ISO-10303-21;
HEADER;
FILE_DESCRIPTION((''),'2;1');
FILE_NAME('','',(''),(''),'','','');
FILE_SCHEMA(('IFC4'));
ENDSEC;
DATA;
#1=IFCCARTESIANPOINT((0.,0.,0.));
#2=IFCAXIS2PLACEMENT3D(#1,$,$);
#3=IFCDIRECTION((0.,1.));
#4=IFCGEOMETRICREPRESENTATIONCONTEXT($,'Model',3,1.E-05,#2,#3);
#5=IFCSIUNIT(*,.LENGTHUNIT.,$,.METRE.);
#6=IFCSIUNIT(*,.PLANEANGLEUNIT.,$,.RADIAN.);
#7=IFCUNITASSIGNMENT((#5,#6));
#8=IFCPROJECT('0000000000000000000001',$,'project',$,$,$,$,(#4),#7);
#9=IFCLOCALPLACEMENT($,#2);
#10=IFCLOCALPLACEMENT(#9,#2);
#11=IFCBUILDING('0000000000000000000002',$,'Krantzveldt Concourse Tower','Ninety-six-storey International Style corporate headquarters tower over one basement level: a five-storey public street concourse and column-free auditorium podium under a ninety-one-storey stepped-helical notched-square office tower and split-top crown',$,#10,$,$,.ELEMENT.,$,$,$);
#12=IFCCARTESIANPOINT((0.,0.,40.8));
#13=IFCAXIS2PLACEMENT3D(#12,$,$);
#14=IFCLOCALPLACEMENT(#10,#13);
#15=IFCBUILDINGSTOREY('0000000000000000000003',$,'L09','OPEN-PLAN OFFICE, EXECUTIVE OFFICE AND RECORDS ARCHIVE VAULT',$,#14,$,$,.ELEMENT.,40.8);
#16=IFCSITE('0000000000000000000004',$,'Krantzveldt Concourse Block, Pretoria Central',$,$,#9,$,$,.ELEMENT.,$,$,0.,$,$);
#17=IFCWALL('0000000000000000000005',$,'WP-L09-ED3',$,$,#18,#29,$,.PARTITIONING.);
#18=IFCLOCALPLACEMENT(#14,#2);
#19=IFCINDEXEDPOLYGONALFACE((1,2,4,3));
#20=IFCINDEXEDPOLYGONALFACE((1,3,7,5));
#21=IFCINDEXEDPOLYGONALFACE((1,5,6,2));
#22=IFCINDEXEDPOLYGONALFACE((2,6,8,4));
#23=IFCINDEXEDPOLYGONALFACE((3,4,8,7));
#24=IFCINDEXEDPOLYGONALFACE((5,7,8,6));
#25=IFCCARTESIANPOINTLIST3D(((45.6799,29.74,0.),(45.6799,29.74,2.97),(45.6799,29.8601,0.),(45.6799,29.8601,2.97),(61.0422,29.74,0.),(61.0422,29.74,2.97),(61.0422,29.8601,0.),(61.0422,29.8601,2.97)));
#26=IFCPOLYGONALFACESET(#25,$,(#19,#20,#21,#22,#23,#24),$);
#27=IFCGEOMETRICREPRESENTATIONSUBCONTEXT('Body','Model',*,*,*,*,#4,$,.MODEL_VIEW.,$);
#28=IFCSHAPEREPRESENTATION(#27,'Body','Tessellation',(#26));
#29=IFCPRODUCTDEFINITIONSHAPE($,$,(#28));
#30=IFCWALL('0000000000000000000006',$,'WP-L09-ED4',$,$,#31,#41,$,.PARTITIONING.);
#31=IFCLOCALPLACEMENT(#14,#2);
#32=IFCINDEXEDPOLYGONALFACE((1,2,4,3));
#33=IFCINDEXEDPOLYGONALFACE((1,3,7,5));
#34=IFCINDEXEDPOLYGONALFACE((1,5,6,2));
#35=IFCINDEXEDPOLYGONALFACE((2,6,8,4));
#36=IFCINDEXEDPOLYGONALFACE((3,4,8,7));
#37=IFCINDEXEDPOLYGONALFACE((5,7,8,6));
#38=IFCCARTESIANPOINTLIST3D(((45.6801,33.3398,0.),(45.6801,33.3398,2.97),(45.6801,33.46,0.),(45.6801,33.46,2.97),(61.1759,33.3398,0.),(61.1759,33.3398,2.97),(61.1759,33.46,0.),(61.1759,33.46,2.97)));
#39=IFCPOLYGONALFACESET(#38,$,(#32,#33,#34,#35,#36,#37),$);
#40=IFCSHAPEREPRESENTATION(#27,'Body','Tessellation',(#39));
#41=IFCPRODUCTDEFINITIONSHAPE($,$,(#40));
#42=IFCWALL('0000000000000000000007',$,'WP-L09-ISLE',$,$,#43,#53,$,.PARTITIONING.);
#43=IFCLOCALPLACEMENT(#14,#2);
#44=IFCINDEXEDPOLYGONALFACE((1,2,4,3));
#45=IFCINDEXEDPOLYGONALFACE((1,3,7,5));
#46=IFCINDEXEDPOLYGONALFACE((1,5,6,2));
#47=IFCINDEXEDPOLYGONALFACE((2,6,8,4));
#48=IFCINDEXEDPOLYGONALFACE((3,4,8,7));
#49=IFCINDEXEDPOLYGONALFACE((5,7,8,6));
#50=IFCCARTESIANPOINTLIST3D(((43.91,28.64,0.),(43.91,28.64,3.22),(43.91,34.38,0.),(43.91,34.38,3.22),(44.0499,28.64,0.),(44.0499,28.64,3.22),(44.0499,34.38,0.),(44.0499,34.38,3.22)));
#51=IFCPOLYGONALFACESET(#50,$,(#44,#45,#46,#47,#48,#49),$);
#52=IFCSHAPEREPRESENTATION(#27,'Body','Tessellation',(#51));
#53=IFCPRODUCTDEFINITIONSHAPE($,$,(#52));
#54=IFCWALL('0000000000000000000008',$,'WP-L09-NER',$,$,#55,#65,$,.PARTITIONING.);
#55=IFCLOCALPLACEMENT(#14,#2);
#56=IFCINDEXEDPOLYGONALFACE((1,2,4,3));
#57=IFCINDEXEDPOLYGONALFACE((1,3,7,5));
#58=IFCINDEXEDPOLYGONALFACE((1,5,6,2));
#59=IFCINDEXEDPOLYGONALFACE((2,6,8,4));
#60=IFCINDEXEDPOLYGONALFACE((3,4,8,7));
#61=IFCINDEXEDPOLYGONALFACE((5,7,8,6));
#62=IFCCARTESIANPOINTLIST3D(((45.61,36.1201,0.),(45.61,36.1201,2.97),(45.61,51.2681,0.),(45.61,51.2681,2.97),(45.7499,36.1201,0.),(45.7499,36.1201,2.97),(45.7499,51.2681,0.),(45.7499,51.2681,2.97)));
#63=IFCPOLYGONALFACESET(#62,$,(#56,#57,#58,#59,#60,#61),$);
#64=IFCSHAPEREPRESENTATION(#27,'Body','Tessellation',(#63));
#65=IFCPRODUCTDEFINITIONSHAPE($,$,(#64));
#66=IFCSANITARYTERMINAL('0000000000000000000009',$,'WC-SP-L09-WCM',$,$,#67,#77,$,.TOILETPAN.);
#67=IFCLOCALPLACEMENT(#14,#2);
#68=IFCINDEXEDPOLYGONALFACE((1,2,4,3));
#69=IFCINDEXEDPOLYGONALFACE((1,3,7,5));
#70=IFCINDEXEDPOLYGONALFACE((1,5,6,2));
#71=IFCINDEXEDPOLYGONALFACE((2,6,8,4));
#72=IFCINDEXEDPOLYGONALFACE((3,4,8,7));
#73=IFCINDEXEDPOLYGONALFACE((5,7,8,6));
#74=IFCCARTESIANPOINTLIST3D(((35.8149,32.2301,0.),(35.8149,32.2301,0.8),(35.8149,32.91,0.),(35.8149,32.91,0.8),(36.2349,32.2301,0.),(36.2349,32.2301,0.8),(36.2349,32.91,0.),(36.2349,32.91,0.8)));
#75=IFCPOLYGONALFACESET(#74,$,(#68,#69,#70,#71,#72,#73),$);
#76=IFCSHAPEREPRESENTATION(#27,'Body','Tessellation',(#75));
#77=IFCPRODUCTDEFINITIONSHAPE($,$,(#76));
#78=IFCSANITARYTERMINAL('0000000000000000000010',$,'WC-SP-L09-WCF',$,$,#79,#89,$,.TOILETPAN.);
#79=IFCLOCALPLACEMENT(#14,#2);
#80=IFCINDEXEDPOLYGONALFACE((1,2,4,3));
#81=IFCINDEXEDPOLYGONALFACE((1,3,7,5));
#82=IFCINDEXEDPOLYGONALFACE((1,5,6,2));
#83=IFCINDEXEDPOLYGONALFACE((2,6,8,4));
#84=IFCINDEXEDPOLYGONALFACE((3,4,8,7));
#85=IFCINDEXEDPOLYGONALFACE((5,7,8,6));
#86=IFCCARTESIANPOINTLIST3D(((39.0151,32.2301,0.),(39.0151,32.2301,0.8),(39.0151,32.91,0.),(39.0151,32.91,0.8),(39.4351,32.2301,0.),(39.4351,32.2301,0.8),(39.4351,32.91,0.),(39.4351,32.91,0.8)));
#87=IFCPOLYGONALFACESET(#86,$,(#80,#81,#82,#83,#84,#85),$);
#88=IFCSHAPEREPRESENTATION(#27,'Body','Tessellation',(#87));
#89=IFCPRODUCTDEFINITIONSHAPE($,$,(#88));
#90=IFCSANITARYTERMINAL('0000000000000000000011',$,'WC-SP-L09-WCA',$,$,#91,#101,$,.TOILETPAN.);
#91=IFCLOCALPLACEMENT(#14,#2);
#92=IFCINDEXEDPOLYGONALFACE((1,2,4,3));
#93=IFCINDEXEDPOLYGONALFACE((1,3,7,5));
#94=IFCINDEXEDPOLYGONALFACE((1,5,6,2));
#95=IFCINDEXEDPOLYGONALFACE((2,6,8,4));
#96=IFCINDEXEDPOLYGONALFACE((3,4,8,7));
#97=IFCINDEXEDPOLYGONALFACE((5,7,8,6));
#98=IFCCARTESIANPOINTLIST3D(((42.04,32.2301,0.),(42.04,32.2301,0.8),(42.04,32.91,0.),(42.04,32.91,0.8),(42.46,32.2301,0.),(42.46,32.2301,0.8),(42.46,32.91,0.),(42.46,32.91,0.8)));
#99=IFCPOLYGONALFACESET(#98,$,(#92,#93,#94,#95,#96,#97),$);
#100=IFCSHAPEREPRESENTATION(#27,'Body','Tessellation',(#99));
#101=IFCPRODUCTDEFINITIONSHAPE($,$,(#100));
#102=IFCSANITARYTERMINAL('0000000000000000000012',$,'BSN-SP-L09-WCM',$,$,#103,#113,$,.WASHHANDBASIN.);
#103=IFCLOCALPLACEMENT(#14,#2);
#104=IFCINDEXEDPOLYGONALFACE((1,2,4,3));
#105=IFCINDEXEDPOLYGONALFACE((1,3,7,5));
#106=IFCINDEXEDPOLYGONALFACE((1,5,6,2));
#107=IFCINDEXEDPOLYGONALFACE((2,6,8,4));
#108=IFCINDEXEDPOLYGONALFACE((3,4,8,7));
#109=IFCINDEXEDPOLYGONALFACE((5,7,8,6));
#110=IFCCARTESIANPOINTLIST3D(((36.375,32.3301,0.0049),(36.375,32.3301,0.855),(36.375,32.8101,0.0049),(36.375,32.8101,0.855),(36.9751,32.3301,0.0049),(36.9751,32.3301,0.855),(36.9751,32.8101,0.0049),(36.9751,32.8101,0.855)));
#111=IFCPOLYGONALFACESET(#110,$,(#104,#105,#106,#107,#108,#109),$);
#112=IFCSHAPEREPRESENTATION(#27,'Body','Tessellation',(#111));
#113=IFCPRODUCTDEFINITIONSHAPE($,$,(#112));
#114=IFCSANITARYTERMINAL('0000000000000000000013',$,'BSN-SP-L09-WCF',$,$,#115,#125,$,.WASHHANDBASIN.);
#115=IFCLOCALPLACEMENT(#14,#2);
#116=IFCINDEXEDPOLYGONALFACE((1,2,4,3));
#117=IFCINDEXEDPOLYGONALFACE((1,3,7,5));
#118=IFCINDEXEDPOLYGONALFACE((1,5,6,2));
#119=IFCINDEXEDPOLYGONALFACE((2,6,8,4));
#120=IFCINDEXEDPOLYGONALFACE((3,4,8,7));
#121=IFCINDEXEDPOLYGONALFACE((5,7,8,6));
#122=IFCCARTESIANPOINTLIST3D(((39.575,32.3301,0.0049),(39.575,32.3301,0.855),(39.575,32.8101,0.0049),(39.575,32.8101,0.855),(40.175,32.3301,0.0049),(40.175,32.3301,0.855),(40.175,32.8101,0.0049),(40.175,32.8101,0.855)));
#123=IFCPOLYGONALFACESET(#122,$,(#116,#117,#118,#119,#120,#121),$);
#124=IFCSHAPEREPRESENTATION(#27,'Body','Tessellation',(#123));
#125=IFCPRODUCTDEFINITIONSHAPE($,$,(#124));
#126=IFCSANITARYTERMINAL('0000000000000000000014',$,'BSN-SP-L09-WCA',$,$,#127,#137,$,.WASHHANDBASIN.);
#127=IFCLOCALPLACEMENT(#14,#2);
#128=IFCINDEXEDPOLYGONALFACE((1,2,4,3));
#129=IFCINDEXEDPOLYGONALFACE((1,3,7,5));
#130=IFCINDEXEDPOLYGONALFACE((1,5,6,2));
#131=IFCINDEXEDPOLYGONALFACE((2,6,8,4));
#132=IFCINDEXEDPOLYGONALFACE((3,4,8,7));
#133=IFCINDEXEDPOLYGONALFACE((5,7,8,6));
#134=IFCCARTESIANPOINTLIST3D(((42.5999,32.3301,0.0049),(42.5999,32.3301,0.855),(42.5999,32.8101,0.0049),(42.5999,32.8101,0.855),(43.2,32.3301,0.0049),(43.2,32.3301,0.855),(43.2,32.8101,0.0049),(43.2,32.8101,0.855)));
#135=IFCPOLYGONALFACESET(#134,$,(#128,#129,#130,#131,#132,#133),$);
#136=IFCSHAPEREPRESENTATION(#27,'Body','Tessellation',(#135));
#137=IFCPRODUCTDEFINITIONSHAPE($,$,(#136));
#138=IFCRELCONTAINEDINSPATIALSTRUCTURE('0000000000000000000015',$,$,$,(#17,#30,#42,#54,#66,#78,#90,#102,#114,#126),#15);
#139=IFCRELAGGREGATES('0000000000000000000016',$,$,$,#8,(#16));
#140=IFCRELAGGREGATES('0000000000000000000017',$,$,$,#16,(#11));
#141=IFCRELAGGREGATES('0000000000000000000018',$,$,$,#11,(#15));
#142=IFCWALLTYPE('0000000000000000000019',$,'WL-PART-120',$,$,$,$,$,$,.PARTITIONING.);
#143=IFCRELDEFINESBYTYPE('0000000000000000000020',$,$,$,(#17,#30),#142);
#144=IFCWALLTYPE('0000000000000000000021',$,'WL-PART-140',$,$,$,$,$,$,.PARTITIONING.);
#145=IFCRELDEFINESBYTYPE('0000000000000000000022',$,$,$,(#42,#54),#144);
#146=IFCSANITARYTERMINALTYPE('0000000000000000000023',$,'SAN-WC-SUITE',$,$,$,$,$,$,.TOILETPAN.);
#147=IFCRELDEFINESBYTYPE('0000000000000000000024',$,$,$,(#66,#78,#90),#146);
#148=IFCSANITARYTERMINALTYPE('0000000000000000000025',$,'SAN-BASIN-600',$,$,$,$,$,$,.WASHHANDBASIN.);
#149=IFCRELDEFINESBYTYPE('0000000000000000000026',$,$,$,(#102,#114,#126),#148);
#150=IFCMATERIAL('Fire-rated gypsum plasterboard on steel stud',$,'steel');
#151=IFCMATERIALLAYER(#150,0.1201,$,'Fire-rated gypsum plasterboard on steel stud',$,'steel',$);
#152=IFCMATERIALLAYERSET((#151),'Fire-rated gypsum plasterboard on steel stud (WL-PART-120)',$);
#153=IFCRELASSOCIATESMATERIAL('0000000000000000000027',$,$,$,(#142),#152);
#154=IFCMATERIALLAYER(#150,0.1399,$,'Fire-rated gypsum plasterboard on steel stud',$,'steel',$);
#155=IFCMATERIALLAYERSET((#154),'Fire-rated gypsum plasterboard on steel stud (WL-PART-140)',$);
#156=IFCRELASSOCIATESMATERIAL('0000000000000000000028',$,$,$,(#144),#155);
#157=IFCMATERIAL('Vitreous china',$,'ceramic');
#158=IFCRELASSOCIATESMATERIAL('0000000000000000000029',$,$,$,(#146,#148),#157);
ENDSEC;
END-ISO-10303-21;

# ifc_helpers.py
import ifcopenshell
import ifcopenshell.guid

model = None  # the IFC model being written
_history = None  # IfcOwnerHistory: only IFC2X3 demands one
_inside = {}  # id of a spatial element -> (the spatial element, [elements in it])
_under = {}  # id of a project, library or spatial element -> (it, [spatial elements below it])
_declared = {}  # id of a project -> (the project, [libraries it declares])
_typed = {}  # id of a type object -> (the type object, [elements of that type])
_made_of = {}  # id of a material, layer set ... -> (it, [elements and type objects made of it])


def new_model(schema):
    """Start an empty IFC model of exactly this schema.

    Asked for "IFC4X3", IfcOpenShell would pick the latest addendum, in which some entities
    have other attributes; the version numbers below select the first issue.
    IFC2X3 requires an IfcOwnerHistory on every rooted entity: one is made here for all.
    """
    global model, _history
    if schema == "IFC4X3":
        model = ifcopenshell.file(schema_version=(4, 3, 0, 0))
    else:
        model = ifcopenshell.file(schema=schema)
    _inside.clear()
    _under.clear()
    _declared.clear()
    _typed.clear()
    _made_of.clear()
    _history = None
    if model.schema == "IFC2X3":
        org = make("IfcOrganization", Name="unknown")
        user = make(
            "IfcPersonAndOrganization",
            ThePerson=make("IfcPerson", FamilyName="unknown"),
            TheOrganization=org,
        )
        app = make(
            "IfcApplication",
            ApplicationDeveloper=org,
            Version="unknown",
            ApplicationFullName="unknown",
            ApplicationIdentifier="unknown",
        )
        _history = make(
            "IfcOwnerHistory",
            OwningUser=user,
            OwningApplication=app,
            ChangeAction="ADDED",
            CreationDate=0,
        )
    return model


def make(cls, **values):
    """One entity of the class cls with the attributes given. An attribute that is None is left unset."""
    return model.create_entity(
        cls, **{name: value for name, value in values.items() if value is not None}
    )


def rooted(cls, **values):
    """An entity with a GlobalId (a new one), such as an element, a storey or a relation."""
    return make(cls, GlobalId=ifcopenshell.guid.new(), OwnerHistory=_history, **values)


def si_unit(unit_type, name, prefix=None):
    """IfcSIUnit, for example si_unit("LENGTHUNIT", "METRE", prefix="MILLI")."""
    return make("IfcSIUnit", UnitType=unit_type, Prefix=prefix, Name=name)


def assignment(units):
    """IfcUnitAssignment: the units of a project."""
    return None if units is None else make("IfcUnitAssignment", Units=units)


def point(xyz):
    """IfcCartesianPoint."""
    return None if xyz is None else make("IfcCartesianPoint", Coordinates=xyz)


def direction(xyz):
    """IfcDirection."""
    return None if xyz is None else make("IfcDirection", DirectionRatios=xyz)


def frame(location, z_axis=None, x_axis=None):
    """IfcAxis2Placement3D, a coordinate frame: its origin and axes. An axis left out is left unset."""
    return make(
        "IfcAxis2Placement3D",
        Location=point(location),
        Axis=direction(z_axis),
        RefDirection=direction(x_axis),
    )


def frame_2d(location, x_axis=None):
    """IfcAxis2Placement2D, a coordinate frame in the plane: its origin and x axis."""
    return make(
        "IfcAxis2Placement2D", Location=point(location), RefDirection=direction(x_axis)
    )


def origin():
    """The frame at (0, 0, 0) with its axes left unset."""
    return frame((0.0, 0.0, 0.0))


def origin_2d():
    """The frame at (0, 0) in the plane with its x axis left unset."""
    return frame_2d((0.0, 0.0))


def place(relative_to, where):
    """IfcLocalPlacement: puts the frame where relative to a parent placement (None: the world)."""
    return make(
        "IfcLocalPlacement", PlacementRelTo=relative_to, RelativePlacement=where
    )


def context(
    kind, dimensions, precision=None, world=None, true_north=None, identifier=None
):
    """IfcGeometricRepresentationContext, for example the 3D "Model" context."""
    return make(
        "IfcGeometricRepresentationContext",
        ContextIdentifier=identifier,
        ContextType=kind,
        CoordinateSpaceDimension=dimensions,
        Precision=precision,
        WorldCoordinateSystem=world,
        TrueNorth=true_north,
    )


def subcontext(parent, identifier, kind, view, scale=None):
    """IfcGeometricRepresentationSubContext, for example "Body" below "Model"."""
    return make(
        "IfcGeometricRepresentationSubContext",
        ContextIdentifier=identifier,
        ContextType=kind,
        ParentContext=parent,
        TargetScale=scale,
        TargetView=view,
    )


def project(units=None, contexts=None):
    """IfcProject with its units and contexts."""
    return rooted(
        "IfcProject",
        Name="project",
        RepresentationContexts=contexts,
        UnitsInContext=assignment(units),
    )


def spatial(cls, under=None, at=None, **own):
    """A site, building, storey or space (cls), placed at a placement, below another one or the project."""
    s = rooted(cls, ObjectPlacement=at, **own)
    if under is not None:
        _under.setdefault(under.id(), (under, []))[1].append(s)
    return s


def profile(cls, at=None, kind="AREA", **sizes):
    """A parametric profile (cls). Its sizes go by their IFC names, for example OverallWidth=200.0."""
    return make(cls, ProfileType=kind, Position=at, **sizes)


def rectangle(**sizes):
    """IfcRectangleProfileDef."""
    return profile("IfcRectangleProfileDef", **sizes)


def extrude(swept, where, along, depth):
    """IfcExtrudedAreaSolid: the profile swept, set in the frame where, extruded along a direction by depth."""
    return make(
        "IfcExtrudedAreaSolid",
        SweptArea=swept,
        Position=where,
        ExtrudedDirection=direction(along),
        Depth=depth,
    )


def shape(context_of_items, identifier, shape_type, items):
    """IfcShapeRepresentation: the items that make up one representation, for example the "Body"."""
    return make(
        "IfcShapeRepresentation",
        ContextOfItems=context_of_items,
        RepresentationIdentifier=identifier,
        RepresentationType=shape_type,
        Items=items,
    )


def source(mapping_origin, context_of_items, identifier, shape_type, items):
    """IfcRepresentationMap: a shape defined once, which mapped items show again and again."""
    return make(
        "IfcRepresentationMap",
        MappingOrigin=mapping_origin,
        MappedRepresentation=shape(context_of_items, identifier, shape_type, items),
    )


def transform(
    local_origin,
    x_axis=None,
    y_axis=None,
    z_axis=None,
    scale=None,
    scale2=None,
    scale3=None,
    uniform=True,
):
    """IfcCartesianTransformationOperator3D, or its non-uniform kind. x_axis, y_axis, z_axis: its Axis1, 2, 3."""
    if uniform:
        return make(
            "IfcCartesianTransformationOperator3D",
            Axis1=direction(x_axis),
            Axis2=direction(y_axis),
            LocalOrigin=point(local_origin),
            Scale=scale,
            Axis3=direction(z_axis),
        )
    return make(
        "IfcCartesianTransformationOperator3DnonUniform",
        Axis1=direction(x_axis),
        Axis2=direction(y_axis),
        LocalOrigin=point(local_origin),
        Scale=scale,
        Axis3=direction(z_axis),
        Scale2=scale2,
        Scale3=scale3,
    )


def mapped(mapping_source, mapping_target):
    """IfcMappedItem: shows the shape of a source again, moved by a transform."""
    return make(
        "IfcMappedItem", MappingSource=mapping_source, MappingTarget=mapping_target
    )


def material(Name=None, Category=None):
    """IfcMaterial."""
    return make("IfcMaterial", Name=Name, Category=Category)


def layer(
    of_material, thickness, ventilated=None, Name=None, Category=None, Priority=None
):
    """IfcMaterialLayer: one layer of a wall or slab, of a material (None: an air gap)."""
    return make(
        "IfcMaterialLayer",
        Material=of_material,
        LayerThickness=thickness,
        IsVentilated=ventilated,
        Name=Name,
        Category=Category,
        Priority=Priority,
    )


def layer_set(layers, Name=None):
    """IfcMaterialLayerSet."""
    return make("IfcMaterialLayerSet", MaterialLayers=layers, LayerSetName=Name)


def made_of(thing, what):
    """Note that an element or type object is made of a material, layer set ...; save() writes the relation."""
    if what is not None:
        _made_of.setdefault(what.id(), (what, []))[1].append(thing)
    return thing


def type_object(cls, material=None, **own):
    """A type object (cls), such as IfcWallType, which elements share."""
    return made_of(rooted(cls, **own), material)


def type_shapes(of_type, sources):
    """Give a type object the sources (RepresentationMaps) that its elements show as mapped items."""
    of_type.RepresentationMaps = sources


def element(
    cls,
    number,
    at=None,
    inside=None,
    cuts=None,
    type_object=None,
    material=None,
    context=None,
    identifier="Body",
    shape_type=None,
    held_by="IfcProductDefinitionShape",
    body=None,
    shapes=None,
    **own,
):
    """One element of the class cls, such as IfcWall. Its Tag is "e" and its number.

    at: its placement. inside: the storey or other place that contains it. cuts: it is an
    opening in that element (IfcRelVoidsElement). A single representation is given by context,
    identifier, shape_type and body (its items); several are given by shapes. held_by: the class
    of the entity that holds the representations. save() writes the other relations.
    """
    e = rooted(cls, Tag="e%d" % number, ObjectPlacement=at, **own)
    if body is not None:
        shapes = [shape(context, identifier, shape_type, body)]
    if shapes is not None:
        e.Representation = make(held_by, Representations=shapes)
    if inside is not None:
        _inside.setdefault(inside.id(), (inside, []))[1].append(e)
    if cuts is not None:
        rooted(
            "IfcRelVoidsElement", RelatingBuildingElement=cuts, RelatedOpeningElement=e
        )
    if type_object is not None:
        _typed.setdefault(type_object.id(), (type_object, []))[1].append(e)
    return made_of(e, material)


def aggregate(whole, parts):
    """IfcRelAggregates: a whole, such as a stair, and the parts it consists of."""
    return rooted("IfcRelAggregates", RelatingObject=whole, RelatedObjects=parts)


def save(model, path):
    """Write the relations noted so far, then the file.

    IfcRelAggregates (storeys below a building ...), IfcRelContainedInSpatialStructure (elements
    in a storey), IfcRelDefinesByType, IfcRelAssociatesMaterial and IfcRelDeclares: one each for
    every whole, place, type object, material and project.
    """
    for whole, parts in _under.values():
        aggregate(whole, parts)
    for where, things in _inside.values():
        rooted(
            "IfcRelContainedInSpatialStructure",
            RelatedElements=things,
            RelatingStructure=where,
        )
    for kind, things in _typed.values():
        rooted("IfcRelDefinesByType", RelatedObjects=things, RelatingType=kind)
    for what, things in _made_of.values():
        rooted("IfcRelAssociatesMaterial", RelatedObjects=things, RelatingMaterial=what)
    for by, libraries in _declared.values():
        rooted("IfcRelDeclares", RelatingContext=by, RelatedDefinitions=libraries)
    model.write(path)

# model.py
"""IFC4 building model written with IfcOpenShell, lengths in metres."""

from ifc_helpers import new_model, si_unit, direction, frame, frame_2d, origin, origin_2d, place, context, subcontext, project, spatial, rectangle, extrude, source, transform, mapped, material, layer, layer_set, type_object, type_shapes, element, save


model = new_model("IFC4")

# Units and contexts
model_context = context("Model", 3, precision=1e-05, world=origin(), true_north=direction((0.0, 1.0)))
body_context = subcontext(model_context, "Body", "Model", "MODEL_VIEW")
ifc_project = project(units=[si_unit("LENGTHUNIT", "METRE"), si_unit("PLANEANGLEUNIT", "RADIAN")], contexts=[model_context])

# Site, building, storey
site_placement = place(None, origin())
site = spatial("IfcSite", under=ifc_project, at=site_placement, Name="Krantzveldt Concourse Block, Pretoria Central", CompositionType="ELEMENT", RefElevation=0.0)
building_placement = place(site_placement, origin())
building = spatial("IfcBuilding", under=site, at=building_placement, Name="Krantzveldt Concourse Tower", Description="Ninety-six-storey International Style corporate headquarters tower over one basement level: a five-storey public street concourse and column-free auditorium podium under a ninety-one-storey stepped-helical notched-square office tower and split-top crown", CompositionType="ELEMENT")
storey_placement = place(building_placement, frame((0.0, 0.0, 40.8)))
storey = spatial("IfcBuildingStorey", under=building, at=storey_placement, Name="L09", Description="OPEN-PLAN OFFICE, EXECUTIVE OFFICE AND RECORDS ARCHIVE VAULT", CompositionType="ELEMENT", Elevation=40.8)

# Walls
ifc_material_1 = material(Name="Fire-rated gypsum plasterboard on steel stud", Category="steel")
ifc_layer_1 = layer(ifc_material_1, 0.1201, Name="Fire-rated gypsum plasterboard on steel stud", Category="steel")
ifc_layer_set_1 = layer_set([ifc_layer_1], Name="Fire-rated gypsum plasterboard on steel stud (WL-PART-120)")
wall_type_1 = type_object("IfcWallType", Name="WL-PART-120", PredefinedType="PARTITIONING", material=ifc_layer_set_1)
wall_1_placement = place(storey_placement, frame((45.6799, 29.8, 0.0), z_axis=(0.0, 0.0, 1.0), x_axis=(1.0, 0.0, 0.0)))
element("IfcWall", 1, at=wall_1_placement, inside=storey, type_object=wall_type_1, Name="WP-L09-ED3", PredefinedType="PARTITIONING", context=body_context, shape_type="SweptSolid", body=[
    extrude(rectangle(XDim=15.3623, YDim=0.1201, at=frame_2d((7.6812, 0.0))), origin(), (0.0, 0.0, 1.0), 2.97),
])
wall_2_placement = place(storey_placement, frame((45.6799, 33.3999, 0.0), z_axis=(0.0, 0.0, 1.0), x_axis=(1.0, 0.0, 0.0)))
element("IfcWall", 2, at=wall_2_placement, inside=storey, type_object=wall_type_1, Name="WP-L09-ED4", PredefinedType="PARTITIONING", context=body_context, shape_type="SweptSolid", body=[
    extrude(rectangle(XDim=15.4958, YDim=0.1201, at=frame_2d((7.748, 0.0))), origin(), (0.0, 0.0, 1.0), 2.97),
])
ifc_layer_2 = layer(ifc_material_1, 0.1399, Name="Fire-rated gypsum plasterboard on steel stud", Category="steel")
ifc_layer_set_2 = layer_set([ifc_layer_2], Name="Fire-rated gypsum plasterboard on steel stud (WL-PART-140)")
wall_type_2 = type_object("IfcWallType", Name="WL-PART-140", PredefinedType="PARTITIONING", material=ifc_layer_set_2)
wall_3_placement = place(storey_placement, frame((43.98, 28.6399, 0.0), z_axis=(0.0, 0.0, 1.0), x_axis=(0.0, 1.0, 0.0)))
element("IfcWall", 3, at=wall_3_placement, inside=storey, type_object=wall_type_2, Name="WP-L09-ISLE", PredefinedType="PARTITIONING", context=body_context, shape_type="SweptSolid", body=[
    extrude(rectangle(XDim=5.74, YDim=0.1399, at=frame_2d((2.8701, 0.0))), origin(), (0.0, 0.0, 1.0), 3.22),
])
wall_4_placement = place(storey_placement, frame((45.6799, 36.1201, 0.0), z_axis=(0.0, 0.0, 1.0), x_axis=(0.0, 1.0, 0.0)))
element("IfcWall", 4, at=wall_4_placement, inside=storey, type_object=wall_type_2, Name="WP-L09-NER", PredefinedType="PARTITIONING", context=body_context, shape_type="SweptSolid", body=[
    extrude(rectangle(XDim=15.1479, YDim=0.1399, at=frame_2d((7.574, 0.0))), origin(), (0.0, 0.0, 1.0), 2.97),
])

# Sanitary terminals
ifc_material_2 = material(Name="Vitreous china", Category="ceramic")
sanitary_terminal_type_1 = type_object("IfcSanitaryTerminalType", Name="SAN-WC-SUITE", PredefinedType="TOILETPAN", material=ifc_material_2)
shared_shape_1 = source(origin(), body_context, "Body", "SweptSolid", [
    extrude(rectangle(XDim=0.4199, YDim=0.6799, at=origin_2d()), origin(), (0.0, 0.0, 1.0), 0.8),
])
type_shapes(sanitary_terminal_type_1, [shared_shape_1])
for number, where, z_axis, x_axis, name in (
    (5, (36.0249, 32.5701, 0.0), (0.0, 0.0, 1.0), (1.0, 0.0, 0.0), "WC-SP-L09-WCM"),
    (6, (39.2251, 32.5701, 0.0), (0.0, 0.0, 1.0), (1.0, 0.0, 0.0), "WC-SP-L09-WCF"),
    (7, (42.25, 32.5701, 0.0), (0.0, 0.0, 1.0), (1.0, 0.0, 0.0), "WC-SP-L09-WCA"),
):
    element("IfcSanitaryTerminal", number, at=place(storey_placement, frame(where, z_axis=z_axis, x_axis=x_axis)), inside=storey, type_object=sanitary_terminal_type_1, Name=name, PredefinedType="TOILETPAN", context=body_context, shape_type="MappedRepresentation", body=[
        mapped(shared_shape_1, transform((0.0, 0.0, 0.0), x_axis=(1.0, 0.0, 0.0), y_axis=(0.0, 1.0, 0.0), z_axis=(0.0, 0.0, 1.0), scale=1.0)),
    ])
sanitary_terminal_type_2 = type_object("IfcSanitaryTerminalType", Name="SAN-BASIN-600", PredefinedType="WASHHANDBASIN", material=ifc_material_2)
shared_shape_2 = source(origin(), body_context, "Body", "SweptSolid", [
    extrude(rectangle(XDim=0.6001, YDim=0.48, at=origin_2d()), origin(), (0.0, 0.0, 1.0), 0.8501),
])
type_shapes(sanitary_terminal_type_2, [shared_shape_2])
for number, where, z_axis, x_axis, name in (
    (8, (36.675, 32.5701, 0.0049), (0.0, 0.0, 1.0), (1.0, 0.0, 0.0), "BSN-SP-L09-WCM"),
    (9, (39.875, 32.5701, 0.0049), (0.0, 0.0, 1.0), (1.0, 0.0, 0.0), "BSN-SP-L09-WCF"),
    (10, (42.8999, 32.5701, 0.0049), (0.0, 0.0, 1.0), (1.0, 0.0, 0.0), "BSN-SP-L09-WCA"),
):
    element("IfcSanitaryTerminal", number, at=place(storey_placement, frame(where, z_axis=z_axis, x_axis=x_axis)), inside=storey, type_object=sanitary_terminal_type_2, Name=name, PredefinedType="WASHHANDBASIN", context=body_context, shape_type="MappedRepresentation", body=[
        mapped(shared_shape_2, transform((0.0, 0.0, 0.0), x_axis=(1.0, 0.0, 0.0), y_axis=(0.0, 1.0, 0.0), z_axis=(0.0, 0.0, 1.0), scale=1.0)),
    ])

save(model, "model.ifc")
